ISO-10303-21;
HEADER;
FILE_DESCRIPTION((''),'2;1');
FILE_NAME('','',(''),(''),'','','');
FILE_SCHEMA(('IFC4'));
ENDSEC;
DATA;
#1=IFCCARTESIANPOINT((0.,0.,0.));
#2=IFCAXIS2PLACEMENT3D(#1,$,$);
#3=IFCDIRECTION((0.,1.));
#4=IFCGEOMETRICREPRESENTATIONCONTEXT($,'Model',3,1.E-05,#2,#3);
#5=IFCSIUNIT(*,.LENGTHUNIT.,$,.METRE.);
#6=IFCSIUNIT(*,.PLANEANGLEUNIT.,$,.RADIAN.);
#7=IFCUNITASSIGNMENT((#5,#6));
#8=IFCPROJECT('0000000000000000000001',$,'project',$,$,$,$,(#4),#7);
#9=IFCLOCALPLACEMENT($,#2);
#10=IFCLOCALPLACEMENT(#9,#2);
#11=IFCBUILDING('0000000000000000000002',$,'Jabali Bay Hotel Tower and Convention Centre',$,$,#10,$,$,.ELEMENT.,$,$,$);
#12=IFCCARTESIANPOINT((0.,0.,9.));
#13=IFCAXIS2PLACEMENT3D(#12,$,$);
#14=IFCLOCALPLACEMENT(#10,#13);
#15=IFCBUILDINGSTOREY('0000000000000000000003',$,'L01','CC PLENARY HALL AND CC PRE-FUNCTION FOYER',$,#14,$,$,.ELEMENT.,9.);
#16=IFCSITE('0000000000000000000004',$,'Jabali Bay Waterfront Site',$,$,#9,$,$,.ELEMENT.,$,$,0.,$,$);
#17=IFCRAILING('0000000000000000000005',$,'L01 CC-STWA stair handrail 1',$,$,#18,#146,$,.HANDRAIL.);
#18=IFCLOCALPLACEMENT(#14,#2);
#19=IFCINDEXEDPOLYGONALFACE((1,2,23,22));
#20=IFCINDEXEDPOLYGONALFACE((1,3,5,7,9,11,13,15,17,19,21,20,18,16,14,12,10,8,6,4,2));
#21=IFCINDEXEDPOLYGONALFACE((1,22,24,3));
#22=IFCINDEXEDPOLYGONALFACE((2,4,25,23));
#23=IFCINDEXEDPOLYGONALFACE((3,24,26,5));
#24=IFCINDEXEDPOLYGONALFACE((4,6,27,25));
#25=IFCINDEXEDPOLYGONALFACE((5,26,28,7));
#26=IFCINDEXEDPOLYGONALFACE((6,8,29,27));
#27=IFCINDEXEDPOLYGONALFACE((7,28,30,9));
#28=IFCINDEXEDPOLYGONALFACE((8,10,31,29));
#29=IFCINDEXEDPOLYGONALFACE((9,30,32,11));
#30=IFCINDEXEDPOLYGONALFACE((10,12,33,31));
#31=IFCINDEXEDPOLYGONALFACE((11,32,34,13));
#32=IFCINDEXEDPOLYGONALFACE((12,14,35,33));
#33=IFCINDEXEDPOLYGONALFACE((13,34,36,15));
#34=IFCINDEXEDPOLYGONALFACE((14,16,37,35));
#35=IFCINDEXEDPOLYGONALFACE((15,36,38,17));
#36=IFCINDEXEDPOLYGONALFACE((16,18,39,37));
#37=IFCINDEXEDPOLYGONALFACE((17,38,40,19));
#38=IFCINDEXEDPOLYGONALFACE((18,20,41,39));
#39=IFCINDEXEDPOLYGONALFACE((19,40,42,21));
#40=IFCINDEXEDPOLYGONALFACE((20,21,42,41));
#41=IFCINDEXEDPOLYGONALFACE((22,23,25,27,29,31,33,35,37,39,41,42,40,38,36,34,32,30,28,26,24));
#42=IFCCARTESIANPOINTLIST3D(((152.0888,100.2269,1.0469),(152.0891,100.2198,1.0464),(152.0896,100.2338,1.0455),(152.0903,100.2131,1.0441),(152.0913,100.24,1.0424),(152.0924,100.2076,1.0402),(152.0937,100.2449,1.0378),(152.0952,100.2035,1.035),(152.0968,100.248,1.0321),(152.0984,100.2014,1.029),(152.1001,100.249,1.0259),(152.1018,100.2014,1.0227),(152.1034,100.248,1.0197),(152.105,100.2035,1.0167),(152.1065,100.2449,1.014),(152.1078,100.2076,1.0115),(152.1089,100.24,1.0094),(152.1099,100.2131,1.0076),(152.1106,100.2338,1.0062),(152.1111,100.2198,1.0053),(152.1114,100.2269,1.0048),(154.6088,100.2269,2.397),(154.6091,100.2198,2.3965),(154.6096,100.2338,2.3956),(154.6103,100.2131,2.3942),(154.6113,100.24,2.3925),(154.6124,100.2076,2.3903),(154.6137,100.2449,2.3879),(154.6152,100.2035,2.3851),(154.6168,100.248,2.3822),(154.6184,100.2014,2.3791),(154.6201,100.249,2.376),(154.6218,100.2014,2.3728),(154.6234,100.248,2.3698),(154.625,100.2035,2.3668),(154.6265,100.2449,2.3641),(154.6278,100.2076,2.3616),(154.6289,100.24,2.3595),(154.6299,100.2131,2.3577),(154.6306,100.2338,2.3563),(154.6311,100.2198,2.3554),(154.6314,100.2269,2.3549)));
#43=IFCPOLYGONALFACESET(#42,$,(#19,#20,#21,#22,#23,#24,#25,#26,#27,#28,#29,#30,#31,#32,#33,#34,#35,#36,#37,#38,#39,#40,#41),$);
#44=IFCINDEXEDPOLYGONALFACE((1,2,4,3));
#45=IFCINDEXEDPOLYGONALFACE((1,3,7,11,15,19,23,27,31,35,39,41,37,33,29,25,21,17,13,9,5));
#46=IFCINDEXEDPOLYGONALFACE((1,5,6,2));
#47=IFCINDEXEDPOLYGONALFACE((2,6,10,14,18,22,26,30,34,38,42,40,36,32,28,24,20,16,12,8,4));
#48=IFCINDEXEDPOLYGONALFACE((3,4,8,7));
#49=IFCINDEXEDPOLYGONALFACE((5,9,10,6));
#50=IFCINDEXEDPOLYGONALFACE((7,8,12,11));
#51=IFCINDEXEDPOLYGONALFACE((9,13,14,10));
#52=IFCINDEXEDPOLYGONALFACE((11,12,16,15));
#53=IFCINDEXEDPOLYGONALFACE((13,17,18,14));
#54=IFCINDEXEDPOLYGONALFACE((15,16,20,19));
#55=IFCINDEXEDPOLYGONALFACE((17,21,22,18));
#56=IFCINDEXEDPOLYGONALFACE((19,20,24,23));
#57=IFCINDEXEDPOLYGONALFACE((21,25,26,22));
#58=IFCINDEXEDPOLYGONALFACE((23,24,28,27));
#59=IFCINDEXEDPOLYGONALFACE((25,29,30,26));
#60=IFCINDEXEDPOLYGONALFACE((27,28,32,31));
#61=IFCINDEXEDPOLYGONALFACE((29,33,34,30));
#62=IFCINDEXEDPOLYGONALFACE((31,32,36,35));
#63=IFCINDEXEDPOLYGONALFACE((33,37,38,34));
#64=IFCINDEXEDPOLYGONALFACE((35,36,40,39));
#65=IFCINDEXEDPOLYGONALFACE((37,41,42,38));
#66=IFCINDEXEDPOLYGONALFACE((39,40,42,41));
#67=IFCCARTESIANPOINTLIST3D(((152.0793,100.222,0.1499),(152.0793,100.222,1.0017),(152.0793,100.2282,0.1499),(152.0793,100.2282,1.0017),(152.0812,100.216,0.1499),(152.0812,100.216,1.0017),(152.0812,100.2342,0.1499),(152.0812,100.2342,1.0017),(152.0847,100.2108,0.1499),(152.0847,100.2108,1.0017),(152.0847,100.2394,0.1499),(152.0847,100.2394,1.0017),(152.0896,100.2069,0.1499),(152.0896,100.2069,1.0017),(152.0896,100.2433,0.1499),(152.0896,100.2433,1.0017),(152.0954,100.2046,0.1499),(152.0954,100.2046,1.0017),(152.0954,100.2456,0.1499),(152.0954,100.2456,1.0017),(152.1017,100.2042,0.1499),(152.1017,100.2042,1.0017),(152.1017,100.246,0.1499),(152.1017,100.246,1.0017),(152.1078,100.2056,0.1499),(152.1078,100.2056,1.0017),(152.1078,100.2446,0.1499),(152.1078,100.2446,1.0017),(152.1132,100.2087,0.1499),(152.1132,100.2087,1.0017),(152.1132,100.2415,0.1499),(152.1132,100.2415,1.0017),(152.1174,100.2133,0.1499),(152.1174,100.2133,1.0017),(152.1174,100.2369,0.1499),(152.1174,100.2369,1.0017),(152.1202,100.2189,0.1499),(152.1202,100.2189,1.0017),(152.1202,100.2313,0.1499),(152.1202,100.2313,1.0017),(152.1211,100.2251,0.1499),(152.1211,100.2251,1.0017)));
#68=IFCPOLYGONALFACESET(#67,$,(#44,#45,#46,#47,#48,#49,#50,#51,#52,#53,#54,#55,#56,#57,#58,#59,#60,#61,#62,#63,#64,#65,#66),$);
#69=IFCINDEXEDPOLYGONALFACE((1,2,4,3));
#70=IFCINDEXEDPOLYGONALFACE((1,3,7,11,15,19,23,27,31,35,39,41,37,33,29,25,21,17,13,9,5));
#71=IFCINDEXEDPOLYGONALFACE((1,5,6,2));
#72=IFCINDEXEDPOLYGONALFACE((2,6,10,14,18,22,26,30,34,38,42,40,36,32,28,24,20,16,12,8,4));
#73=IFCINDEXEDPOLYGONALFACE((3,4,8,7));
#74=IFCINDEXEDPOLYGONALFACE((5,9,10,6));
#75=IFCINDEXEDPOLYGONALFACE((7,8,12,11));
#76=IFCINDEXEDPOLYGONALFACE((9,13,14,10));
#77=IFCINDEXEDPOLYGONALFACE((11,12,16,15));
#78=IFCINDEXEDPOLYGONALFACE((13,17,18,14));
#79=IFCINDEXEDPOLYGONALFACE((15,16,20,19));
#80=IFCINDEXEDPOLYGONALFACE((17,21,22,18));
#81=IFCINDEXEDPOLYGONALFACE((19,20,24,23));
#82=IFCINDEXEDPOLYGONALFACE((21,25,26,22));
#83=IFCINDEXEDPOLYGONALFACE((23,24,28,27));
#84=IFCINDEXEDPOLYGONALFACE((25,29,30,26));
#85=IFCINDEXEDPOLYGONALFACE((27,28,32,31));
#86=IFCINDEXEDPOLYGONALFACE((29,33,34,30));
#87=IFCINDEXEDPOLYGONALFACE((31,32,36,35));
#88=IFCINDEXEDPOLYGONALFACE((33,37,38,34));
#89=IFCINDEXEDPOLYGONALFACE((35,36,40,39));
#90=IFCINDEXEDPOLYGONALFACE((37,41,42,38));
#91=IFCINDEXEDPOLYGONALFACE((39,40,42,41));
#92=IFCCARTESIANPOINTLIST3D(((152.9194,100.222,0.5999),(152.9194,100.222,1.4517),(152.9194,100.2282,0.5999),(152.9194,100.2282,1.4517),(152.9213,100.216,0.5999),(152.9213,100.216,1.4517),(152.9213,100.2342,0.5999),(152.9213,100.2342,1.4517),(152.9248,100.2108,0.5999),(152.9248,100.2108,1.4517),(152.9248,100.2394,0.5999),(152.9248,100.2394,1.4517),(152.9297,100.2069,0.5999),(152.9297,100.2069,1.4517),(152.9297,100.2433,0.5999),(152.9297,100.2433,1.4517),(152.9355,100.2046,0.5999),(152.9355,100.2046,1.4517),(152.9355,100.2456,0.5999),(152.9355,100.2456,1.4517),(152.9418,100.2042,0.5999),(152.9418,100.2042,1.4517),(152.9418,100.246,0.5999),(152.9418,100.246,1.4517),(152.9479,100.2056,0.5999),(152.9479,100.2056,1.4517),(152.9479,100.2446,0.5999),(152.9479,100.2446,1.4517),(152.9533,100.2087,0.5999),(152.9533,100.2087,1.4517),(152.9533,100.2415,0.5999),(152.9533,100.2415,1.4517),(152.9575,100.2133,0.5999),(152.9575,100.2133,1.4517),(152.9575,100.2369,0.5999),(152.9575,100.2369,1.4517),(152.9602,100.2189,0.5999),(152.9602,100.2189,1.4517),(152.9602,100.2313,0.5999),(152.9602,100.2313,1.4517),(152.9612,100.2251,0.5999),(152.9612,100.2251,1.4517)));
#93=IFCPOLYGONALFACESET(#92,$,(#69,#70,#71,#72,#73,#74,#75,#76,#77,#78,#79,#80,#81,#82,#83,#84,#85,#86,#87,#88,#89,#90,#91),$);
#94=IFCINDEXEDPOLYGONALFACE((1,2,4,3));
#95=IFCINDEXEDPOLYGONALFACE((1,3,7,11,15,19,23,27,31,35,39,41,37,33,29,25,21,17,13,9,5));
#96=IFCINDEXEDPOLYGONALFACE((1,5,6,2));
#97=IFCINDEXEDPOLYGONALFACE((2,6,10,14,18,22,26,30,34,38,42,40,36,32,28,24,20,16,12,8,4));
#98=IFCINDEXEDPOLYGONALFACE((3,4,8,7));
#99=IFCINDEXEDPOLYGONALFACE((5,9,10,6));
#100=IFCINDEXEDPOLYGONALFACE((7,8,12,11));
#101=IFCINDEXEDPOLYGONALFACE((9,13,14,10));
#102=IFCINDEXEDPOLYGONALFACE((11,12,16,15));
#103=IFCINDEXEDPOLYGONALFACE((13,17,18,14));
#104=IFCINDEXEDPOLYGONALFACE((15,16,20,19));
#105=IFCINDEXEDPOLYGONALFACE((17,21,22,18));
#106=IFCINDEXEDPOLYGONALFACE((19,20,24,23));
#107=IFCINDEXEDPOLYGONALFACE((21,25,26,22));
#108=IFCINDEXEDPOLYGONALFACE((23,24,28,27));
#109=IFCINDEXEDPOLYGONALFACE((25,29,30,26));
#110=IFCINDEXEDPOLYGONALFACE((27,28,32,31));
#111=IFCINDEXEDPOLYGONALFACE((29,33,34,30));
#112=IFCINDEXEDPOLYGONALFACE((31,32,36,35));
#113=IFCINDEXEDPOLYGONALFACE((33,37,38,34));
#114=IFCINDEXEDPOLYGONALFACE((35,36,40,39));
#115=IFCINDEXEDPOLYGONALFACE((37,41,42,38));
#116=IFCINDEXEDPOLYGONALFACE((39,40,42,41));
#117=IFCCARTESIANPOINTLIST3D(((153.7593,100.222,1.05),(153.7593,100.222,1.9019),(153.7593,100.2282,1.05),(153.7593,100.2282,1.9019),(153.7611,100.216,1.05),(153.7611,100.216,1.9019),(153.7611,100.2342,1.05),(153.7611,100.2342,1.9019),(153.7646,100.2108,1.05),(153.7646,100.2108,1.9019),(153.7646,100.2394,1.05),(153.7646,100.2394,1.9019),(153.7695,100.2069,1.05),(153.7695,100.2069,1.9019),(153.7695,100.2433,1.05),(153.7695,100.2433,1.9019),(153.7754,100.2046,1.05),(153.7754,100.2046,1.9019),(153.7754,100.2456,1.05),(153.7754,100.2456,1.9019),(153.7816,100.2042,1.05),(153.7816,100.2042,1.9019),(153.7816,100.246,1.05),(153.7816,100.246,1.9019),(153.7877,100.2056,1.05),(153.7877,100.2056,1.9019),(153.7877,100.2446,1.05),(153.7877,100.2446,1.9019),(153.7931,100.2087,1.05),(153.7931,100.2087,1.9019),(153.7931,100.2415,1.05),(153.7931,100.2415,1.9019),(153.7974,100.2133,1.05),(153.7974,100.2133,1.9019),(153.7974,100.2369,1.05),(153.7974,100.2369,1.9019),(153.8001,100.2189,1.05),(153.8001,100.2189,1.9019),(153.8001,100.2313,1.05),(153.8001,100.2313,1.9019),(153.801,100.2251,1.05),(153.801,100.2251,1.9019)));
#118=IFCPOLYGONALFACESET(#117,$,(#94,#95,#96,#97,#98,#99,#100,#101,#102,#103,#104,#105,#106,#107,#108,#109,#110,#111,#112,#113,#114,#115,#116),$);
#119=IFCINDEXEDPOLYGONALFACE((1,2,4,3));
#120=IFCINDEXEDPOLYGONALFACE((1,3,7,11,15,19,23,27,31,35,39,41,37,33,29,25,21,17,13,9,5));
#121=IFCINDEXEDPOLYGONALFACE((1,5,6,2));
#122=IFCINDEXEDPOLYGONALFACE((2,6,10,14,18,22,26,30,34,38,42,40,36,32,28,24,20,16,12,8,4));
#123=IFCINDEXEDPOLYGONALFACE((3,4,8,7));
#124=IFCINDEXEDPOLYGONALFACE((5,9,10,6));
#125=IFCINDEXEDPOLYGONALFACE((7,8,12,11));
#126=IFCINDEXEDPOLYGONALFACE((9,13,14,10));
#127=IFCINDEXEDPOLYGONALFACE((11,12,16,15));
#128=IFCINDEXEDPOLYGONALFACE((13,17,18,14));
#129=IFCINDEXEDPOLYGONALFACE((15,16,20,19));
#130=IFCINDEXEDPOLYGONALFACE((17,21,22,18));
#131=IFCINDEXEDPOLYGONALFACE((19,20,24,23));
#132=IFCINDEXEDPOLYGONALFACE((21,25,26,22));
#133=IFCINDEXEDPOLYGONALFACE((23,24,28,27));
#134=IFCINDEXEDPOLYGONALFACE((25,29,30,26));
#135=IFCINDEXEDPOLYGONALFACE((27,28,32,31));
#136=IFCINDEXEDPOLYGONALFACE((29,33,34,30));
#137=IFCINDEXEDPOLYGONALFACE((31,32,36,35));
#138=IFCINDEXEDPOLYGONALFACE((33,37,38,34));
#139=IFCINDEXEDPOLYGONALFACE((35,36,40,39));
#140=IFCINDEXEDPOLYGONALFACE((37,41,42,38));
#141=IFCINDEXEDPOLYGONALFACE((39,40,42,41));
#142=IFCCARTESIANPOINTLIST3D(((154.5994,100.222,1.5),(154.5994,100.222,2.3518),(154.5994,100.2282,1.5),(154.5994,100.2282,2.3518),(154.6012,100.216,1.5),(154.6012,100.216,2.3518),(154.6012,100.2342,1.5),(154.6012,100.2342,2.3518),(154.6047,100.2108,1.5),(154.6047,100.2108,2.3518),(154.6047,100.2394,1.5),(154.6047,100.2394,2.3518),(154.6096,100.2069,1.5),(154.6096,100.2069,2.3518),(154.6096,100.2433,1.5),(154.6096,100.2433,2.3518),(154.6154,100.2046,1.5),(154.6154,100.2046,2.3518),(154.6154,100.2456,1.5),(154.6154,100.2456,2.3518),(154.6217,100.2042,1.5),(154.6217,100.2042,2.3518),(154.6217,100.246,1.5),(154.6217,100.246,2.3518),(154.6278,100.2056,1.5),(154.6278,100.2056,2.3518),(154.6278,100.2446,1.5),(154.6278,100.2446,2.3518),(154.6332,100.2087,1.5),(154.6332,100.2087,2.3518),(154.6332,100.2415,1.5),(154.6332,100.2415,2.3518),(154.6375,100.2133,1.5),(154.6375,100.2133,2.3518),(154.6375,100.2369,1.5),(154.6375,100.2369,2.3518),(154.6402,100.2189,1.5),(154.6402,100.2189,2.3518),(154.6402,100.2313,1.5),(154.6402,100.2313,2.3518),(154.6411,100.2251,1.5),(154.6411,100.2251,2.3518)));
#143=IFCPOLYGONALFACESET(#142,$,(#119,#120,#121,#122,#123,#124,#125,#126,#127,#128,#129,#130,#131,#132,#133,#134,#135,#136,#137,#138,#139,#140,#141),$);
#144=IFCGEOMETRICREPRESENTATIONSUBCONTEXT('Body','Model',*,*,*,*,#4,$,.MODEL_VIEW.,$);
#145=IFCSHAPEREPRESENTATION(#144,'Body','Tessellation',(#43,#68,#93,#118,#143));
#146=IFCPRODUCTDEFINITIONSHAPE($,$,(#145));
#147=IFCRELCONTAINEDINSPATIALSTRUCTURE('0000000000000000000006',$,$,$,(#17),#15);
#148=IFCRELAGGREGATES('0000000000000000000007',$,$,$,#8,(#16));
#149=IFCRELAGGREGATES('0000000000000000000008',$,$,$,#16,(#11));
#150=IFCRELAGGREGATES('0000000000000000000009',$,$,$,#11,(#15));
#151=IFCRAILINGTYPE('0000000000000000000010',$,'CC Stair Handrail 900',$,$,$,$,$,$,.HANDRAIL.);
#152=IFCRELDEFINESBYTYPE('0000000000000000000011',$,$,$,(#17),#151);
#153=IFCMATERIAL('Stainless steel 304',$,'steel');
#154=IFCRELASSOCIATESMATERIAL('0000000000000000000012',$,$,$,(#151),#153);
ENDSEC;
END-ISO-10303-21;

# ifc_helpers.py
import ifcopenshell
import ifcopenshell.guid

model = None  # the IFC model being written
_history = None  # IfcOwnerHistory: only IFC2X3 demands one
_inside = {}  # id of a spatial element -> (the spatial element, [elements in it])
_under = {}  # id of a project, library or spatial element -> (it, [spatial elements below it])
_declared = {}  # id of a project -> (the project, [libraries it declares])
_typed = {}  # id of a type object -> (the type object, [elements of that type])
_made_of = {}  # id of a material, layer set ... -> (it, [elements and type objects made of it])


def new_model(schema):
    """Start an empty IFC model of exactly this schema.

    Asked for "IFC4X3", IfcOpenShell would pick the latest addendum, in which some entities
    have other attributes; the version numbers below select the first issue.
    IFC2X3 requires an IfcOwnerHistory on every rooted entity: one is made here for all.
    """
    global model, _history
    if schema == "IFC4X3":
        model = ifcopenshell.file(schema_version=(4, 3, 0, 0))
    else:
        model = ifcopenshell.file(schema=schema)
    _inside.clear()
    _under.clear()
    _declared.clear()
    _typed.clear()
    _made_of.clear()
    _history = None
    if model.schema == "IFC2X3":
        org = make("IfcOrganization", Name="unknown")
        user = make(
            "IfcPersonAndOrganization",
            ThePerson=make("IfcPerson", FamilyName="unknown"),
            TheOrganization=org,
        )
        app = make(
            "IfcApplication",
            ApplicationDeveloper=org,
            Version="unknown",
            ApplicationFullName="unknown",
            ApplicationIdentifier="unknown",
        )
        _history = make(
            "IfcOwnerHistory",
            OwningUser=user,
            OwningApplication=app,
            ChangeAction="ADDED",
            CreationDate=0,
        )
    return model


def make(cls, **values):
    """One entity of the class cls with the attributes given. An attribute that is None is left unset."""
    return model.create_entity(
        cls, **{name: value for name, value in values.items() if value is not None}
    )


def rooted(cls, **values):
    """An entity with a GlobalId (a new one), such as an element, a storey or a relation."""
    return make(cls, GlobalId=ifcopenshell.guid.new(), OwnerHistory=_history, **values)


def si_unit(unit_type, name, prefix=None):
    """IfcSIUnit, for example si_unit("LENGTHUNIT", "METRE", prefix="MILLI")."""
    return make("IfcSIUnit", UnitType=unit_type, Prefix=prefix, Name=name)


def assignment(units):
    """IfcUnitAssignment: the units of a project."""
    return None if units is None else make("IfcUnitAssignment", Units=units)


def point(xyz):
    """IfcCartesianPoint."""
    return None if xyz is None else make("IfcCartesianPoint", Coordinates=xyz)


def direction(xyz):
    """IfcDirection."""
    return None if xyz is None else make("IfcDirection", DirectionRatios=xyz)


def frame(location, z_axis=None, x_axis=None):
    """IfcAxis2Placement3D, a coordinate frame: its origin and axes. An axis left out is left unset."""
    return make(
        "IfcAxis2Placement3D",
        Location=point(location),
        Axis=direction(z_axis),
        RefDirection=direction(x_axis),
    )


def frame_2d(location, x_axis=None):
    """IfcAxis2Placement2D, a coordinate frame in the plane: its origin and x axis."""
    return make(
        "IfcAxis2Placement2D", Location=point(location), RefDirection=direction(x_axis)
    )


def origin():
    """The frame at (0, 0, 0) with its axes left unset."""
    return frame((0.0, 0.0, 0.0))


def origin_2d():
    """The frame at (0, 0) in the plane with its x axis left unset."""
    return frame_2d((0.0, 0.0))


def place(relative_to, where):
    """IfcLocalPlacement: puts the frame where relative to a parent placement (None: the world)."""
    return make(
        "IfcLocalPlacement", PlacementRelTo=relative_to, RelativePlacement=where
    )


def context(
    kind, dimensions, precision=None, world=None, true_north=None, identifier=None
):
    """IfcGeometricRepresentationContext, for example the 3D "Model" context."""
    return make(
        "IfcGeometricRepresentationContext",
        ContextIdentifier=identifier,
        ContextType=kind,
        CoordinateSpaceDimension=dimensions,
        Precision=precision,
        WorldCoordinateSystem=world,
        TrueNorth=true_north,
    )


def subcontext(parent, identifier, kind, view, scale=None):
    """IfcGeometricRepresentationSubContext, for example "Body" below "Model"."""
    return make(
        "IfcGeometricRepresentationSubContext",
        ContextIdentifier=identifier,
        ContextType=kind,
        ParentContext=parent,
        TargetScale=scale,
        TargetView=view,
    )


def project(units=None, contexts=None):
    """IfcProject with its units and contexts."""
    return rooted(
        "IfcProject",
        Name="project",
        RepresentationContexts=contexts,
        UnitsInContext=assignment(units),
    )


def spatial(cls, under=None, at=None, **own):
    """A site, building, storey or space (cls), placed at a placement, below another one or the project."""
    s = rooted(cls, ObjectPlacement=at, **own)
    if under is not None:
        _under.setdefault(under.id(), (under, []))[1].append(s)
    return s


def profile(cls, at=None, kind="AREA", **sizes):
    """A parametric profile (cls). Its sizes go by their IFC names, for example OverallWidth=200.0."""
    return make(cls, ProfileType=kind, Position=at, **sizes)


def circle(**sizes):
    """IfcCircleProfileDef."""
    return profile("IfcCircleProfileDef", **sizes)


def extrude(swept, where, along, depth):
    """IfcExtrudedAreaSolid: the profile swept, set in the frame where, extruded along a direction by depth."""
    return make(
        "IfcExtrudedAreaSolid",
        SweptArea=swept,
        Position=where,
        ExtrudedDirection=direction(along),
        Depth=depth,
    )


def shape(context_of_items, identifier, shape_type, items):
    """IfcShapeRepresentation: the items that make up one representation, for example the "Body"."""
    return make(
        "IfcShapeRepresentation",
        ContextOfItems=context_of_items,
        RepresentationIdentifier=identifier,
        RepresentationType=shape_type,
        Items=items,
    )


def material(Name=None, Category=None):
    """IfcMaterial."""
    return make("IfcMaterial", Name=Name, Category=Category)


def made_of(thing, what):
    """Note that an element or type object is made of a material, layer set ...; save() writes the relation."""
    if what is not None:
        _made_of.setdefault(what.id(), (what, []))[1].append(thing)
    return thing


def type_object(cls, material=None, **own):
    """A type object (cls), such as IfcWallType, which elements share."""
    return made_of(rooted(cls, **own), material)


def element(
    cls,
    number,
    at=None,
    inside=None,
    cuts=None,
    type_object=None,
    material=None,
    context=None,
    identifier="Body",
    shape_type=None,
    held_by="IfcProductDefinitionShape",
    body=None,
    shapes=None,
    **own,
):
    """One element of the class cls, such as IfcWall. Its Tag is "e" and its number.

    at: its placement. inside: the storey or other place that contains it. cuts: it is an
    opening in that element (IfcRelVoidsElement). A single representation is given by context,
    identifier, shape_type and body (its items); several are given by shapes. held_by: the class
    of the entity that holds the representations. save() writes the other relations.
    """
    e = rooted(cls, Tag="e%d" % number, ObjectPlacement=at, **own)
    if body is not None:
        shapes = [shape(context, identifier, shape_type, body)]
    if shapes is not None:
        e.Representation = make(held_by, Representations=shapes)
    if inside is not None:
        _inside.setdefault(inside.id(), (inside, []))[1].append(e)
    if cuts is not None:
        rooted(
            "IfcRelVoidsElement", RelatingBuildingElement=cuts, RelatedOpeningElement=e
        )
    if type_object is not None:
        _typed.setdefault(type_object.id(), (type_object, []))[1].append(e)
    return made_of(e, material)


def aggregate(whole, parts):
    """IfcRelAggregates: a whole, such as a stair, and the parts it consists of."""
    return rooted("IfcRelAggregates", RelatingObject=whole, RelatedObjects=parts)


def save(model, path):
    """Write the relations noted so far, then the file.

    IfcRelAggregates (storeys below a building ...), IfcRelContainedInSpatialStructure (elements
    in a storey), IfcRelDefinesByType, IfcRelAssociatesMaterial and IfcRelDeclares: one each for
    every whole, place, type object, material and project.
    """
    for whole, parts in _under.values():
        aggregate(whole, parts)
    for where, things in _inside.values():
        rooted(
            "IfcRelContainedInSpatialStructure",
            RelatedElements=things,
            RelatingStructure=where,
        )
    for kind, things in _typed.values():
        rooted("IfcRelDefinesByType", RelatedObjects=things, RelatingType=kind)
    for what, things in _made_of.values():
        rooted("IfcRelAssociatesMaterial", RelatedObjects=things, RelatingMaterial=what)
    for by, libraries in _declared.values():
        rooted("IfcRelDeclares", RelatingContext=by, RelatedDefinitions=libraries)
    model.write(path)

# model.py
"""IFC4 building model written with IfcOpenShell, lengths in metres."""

from ifc_helpers import new_model, si_unit, direction, frame, origin, origin_2d, place, context, subcontext, project, spatial, circle, extrude, material, type_object, element, save


model = new_model("IFC4")

# Units and contexts
model_context = context("Model", 3, precision=1e-05, world=origin(), true_north=direction((0.0, 1.0)))
body_context = subcontext(model_context, "Body", "Model", "MODEL_VIEW")
ifc_project = project(units=[si_unit("LENGTHUNIT", "METRE"), si_unit("PLANEANGLEUNIT", "RADIAN")], contexts=[model_context])

# Site, building, storey
site_placement = place(None, origin())
site = spatial("IfcSite", under=ifc_project, at=site_placement, Name="Jabali Bay Waterfront Site", CompositionType="ELEMENT", RefElevation=0.0)
building_placement = place(site_placement, origin())
building = spatial("IfcBuilding", under=site, at=building_placement, Name="Jabali Bay Hotel Tower and Convention Centre", CompositionType="ELEMENT")
storey_placement = place(building_placement, frame((0.0, 0.0, 9.0)))
storey = spatial("IfcBuildingStorey", under=building, at=storey_placement, Name="L01", Description="CC PLENARY HALL AND CC PRE-FUNCTION FOYER", CompositionType="ELEMENT", Elevation=9.0)

# Railing
ifc_material_1 = material(Name="Stainless steel 304", Category="steel")
railing_type_1 = type_object("IfcRailingType", Name="CC Stair Handrail 900", PredefinedType="HANDRAIL", material=ifc_material_1)
for number, where, name in (
    (1, (152.1001, 100.2251, 0.1499), "L01 CC-STWA stair handrail 1"),
):
    element("IfcRailing", number, at=place(storey_placement, frame(where)), inside=storey, type_object=railing_type_1, Name=name, PredefinedType="HANDRAIL", context=body_context, shape_type="SweptSolid", body=[
        extrude(circle(Radius=0.0239, at=origin_2d()), frame((0.0, 0.0, 0.876), z_axis=(0.881467, 0.0, 0.472245), x_axis=(0.0, 1.0, 0.0)), (0.0, 0.0, 1.0), 2.8589),
        extrude(circle(Radius=0.021, at=origin_2d()), origin(), (0.0, 0.0, 1.0), 0.8518),
        extrude(circle(Radius=0.021, at=origin_2d()), frame((0.8401, 0.0, 0.45)), (0.0, 0.0, 1.0), 0.8518),
        extrude(circle(Radius=0.021, at=origin_2d()), frame((1.6799, 0.0, 0.9001)), (0.0, 0.0, 1.0), 0.8518),
        extrude(circle(Radius=0.021, at=origin_2d()), frame((2.52, 0.0, 1.3501)), (0.0, 0.0, 1.0), 0.8518),
    ])

save(model, "model.ifc")
